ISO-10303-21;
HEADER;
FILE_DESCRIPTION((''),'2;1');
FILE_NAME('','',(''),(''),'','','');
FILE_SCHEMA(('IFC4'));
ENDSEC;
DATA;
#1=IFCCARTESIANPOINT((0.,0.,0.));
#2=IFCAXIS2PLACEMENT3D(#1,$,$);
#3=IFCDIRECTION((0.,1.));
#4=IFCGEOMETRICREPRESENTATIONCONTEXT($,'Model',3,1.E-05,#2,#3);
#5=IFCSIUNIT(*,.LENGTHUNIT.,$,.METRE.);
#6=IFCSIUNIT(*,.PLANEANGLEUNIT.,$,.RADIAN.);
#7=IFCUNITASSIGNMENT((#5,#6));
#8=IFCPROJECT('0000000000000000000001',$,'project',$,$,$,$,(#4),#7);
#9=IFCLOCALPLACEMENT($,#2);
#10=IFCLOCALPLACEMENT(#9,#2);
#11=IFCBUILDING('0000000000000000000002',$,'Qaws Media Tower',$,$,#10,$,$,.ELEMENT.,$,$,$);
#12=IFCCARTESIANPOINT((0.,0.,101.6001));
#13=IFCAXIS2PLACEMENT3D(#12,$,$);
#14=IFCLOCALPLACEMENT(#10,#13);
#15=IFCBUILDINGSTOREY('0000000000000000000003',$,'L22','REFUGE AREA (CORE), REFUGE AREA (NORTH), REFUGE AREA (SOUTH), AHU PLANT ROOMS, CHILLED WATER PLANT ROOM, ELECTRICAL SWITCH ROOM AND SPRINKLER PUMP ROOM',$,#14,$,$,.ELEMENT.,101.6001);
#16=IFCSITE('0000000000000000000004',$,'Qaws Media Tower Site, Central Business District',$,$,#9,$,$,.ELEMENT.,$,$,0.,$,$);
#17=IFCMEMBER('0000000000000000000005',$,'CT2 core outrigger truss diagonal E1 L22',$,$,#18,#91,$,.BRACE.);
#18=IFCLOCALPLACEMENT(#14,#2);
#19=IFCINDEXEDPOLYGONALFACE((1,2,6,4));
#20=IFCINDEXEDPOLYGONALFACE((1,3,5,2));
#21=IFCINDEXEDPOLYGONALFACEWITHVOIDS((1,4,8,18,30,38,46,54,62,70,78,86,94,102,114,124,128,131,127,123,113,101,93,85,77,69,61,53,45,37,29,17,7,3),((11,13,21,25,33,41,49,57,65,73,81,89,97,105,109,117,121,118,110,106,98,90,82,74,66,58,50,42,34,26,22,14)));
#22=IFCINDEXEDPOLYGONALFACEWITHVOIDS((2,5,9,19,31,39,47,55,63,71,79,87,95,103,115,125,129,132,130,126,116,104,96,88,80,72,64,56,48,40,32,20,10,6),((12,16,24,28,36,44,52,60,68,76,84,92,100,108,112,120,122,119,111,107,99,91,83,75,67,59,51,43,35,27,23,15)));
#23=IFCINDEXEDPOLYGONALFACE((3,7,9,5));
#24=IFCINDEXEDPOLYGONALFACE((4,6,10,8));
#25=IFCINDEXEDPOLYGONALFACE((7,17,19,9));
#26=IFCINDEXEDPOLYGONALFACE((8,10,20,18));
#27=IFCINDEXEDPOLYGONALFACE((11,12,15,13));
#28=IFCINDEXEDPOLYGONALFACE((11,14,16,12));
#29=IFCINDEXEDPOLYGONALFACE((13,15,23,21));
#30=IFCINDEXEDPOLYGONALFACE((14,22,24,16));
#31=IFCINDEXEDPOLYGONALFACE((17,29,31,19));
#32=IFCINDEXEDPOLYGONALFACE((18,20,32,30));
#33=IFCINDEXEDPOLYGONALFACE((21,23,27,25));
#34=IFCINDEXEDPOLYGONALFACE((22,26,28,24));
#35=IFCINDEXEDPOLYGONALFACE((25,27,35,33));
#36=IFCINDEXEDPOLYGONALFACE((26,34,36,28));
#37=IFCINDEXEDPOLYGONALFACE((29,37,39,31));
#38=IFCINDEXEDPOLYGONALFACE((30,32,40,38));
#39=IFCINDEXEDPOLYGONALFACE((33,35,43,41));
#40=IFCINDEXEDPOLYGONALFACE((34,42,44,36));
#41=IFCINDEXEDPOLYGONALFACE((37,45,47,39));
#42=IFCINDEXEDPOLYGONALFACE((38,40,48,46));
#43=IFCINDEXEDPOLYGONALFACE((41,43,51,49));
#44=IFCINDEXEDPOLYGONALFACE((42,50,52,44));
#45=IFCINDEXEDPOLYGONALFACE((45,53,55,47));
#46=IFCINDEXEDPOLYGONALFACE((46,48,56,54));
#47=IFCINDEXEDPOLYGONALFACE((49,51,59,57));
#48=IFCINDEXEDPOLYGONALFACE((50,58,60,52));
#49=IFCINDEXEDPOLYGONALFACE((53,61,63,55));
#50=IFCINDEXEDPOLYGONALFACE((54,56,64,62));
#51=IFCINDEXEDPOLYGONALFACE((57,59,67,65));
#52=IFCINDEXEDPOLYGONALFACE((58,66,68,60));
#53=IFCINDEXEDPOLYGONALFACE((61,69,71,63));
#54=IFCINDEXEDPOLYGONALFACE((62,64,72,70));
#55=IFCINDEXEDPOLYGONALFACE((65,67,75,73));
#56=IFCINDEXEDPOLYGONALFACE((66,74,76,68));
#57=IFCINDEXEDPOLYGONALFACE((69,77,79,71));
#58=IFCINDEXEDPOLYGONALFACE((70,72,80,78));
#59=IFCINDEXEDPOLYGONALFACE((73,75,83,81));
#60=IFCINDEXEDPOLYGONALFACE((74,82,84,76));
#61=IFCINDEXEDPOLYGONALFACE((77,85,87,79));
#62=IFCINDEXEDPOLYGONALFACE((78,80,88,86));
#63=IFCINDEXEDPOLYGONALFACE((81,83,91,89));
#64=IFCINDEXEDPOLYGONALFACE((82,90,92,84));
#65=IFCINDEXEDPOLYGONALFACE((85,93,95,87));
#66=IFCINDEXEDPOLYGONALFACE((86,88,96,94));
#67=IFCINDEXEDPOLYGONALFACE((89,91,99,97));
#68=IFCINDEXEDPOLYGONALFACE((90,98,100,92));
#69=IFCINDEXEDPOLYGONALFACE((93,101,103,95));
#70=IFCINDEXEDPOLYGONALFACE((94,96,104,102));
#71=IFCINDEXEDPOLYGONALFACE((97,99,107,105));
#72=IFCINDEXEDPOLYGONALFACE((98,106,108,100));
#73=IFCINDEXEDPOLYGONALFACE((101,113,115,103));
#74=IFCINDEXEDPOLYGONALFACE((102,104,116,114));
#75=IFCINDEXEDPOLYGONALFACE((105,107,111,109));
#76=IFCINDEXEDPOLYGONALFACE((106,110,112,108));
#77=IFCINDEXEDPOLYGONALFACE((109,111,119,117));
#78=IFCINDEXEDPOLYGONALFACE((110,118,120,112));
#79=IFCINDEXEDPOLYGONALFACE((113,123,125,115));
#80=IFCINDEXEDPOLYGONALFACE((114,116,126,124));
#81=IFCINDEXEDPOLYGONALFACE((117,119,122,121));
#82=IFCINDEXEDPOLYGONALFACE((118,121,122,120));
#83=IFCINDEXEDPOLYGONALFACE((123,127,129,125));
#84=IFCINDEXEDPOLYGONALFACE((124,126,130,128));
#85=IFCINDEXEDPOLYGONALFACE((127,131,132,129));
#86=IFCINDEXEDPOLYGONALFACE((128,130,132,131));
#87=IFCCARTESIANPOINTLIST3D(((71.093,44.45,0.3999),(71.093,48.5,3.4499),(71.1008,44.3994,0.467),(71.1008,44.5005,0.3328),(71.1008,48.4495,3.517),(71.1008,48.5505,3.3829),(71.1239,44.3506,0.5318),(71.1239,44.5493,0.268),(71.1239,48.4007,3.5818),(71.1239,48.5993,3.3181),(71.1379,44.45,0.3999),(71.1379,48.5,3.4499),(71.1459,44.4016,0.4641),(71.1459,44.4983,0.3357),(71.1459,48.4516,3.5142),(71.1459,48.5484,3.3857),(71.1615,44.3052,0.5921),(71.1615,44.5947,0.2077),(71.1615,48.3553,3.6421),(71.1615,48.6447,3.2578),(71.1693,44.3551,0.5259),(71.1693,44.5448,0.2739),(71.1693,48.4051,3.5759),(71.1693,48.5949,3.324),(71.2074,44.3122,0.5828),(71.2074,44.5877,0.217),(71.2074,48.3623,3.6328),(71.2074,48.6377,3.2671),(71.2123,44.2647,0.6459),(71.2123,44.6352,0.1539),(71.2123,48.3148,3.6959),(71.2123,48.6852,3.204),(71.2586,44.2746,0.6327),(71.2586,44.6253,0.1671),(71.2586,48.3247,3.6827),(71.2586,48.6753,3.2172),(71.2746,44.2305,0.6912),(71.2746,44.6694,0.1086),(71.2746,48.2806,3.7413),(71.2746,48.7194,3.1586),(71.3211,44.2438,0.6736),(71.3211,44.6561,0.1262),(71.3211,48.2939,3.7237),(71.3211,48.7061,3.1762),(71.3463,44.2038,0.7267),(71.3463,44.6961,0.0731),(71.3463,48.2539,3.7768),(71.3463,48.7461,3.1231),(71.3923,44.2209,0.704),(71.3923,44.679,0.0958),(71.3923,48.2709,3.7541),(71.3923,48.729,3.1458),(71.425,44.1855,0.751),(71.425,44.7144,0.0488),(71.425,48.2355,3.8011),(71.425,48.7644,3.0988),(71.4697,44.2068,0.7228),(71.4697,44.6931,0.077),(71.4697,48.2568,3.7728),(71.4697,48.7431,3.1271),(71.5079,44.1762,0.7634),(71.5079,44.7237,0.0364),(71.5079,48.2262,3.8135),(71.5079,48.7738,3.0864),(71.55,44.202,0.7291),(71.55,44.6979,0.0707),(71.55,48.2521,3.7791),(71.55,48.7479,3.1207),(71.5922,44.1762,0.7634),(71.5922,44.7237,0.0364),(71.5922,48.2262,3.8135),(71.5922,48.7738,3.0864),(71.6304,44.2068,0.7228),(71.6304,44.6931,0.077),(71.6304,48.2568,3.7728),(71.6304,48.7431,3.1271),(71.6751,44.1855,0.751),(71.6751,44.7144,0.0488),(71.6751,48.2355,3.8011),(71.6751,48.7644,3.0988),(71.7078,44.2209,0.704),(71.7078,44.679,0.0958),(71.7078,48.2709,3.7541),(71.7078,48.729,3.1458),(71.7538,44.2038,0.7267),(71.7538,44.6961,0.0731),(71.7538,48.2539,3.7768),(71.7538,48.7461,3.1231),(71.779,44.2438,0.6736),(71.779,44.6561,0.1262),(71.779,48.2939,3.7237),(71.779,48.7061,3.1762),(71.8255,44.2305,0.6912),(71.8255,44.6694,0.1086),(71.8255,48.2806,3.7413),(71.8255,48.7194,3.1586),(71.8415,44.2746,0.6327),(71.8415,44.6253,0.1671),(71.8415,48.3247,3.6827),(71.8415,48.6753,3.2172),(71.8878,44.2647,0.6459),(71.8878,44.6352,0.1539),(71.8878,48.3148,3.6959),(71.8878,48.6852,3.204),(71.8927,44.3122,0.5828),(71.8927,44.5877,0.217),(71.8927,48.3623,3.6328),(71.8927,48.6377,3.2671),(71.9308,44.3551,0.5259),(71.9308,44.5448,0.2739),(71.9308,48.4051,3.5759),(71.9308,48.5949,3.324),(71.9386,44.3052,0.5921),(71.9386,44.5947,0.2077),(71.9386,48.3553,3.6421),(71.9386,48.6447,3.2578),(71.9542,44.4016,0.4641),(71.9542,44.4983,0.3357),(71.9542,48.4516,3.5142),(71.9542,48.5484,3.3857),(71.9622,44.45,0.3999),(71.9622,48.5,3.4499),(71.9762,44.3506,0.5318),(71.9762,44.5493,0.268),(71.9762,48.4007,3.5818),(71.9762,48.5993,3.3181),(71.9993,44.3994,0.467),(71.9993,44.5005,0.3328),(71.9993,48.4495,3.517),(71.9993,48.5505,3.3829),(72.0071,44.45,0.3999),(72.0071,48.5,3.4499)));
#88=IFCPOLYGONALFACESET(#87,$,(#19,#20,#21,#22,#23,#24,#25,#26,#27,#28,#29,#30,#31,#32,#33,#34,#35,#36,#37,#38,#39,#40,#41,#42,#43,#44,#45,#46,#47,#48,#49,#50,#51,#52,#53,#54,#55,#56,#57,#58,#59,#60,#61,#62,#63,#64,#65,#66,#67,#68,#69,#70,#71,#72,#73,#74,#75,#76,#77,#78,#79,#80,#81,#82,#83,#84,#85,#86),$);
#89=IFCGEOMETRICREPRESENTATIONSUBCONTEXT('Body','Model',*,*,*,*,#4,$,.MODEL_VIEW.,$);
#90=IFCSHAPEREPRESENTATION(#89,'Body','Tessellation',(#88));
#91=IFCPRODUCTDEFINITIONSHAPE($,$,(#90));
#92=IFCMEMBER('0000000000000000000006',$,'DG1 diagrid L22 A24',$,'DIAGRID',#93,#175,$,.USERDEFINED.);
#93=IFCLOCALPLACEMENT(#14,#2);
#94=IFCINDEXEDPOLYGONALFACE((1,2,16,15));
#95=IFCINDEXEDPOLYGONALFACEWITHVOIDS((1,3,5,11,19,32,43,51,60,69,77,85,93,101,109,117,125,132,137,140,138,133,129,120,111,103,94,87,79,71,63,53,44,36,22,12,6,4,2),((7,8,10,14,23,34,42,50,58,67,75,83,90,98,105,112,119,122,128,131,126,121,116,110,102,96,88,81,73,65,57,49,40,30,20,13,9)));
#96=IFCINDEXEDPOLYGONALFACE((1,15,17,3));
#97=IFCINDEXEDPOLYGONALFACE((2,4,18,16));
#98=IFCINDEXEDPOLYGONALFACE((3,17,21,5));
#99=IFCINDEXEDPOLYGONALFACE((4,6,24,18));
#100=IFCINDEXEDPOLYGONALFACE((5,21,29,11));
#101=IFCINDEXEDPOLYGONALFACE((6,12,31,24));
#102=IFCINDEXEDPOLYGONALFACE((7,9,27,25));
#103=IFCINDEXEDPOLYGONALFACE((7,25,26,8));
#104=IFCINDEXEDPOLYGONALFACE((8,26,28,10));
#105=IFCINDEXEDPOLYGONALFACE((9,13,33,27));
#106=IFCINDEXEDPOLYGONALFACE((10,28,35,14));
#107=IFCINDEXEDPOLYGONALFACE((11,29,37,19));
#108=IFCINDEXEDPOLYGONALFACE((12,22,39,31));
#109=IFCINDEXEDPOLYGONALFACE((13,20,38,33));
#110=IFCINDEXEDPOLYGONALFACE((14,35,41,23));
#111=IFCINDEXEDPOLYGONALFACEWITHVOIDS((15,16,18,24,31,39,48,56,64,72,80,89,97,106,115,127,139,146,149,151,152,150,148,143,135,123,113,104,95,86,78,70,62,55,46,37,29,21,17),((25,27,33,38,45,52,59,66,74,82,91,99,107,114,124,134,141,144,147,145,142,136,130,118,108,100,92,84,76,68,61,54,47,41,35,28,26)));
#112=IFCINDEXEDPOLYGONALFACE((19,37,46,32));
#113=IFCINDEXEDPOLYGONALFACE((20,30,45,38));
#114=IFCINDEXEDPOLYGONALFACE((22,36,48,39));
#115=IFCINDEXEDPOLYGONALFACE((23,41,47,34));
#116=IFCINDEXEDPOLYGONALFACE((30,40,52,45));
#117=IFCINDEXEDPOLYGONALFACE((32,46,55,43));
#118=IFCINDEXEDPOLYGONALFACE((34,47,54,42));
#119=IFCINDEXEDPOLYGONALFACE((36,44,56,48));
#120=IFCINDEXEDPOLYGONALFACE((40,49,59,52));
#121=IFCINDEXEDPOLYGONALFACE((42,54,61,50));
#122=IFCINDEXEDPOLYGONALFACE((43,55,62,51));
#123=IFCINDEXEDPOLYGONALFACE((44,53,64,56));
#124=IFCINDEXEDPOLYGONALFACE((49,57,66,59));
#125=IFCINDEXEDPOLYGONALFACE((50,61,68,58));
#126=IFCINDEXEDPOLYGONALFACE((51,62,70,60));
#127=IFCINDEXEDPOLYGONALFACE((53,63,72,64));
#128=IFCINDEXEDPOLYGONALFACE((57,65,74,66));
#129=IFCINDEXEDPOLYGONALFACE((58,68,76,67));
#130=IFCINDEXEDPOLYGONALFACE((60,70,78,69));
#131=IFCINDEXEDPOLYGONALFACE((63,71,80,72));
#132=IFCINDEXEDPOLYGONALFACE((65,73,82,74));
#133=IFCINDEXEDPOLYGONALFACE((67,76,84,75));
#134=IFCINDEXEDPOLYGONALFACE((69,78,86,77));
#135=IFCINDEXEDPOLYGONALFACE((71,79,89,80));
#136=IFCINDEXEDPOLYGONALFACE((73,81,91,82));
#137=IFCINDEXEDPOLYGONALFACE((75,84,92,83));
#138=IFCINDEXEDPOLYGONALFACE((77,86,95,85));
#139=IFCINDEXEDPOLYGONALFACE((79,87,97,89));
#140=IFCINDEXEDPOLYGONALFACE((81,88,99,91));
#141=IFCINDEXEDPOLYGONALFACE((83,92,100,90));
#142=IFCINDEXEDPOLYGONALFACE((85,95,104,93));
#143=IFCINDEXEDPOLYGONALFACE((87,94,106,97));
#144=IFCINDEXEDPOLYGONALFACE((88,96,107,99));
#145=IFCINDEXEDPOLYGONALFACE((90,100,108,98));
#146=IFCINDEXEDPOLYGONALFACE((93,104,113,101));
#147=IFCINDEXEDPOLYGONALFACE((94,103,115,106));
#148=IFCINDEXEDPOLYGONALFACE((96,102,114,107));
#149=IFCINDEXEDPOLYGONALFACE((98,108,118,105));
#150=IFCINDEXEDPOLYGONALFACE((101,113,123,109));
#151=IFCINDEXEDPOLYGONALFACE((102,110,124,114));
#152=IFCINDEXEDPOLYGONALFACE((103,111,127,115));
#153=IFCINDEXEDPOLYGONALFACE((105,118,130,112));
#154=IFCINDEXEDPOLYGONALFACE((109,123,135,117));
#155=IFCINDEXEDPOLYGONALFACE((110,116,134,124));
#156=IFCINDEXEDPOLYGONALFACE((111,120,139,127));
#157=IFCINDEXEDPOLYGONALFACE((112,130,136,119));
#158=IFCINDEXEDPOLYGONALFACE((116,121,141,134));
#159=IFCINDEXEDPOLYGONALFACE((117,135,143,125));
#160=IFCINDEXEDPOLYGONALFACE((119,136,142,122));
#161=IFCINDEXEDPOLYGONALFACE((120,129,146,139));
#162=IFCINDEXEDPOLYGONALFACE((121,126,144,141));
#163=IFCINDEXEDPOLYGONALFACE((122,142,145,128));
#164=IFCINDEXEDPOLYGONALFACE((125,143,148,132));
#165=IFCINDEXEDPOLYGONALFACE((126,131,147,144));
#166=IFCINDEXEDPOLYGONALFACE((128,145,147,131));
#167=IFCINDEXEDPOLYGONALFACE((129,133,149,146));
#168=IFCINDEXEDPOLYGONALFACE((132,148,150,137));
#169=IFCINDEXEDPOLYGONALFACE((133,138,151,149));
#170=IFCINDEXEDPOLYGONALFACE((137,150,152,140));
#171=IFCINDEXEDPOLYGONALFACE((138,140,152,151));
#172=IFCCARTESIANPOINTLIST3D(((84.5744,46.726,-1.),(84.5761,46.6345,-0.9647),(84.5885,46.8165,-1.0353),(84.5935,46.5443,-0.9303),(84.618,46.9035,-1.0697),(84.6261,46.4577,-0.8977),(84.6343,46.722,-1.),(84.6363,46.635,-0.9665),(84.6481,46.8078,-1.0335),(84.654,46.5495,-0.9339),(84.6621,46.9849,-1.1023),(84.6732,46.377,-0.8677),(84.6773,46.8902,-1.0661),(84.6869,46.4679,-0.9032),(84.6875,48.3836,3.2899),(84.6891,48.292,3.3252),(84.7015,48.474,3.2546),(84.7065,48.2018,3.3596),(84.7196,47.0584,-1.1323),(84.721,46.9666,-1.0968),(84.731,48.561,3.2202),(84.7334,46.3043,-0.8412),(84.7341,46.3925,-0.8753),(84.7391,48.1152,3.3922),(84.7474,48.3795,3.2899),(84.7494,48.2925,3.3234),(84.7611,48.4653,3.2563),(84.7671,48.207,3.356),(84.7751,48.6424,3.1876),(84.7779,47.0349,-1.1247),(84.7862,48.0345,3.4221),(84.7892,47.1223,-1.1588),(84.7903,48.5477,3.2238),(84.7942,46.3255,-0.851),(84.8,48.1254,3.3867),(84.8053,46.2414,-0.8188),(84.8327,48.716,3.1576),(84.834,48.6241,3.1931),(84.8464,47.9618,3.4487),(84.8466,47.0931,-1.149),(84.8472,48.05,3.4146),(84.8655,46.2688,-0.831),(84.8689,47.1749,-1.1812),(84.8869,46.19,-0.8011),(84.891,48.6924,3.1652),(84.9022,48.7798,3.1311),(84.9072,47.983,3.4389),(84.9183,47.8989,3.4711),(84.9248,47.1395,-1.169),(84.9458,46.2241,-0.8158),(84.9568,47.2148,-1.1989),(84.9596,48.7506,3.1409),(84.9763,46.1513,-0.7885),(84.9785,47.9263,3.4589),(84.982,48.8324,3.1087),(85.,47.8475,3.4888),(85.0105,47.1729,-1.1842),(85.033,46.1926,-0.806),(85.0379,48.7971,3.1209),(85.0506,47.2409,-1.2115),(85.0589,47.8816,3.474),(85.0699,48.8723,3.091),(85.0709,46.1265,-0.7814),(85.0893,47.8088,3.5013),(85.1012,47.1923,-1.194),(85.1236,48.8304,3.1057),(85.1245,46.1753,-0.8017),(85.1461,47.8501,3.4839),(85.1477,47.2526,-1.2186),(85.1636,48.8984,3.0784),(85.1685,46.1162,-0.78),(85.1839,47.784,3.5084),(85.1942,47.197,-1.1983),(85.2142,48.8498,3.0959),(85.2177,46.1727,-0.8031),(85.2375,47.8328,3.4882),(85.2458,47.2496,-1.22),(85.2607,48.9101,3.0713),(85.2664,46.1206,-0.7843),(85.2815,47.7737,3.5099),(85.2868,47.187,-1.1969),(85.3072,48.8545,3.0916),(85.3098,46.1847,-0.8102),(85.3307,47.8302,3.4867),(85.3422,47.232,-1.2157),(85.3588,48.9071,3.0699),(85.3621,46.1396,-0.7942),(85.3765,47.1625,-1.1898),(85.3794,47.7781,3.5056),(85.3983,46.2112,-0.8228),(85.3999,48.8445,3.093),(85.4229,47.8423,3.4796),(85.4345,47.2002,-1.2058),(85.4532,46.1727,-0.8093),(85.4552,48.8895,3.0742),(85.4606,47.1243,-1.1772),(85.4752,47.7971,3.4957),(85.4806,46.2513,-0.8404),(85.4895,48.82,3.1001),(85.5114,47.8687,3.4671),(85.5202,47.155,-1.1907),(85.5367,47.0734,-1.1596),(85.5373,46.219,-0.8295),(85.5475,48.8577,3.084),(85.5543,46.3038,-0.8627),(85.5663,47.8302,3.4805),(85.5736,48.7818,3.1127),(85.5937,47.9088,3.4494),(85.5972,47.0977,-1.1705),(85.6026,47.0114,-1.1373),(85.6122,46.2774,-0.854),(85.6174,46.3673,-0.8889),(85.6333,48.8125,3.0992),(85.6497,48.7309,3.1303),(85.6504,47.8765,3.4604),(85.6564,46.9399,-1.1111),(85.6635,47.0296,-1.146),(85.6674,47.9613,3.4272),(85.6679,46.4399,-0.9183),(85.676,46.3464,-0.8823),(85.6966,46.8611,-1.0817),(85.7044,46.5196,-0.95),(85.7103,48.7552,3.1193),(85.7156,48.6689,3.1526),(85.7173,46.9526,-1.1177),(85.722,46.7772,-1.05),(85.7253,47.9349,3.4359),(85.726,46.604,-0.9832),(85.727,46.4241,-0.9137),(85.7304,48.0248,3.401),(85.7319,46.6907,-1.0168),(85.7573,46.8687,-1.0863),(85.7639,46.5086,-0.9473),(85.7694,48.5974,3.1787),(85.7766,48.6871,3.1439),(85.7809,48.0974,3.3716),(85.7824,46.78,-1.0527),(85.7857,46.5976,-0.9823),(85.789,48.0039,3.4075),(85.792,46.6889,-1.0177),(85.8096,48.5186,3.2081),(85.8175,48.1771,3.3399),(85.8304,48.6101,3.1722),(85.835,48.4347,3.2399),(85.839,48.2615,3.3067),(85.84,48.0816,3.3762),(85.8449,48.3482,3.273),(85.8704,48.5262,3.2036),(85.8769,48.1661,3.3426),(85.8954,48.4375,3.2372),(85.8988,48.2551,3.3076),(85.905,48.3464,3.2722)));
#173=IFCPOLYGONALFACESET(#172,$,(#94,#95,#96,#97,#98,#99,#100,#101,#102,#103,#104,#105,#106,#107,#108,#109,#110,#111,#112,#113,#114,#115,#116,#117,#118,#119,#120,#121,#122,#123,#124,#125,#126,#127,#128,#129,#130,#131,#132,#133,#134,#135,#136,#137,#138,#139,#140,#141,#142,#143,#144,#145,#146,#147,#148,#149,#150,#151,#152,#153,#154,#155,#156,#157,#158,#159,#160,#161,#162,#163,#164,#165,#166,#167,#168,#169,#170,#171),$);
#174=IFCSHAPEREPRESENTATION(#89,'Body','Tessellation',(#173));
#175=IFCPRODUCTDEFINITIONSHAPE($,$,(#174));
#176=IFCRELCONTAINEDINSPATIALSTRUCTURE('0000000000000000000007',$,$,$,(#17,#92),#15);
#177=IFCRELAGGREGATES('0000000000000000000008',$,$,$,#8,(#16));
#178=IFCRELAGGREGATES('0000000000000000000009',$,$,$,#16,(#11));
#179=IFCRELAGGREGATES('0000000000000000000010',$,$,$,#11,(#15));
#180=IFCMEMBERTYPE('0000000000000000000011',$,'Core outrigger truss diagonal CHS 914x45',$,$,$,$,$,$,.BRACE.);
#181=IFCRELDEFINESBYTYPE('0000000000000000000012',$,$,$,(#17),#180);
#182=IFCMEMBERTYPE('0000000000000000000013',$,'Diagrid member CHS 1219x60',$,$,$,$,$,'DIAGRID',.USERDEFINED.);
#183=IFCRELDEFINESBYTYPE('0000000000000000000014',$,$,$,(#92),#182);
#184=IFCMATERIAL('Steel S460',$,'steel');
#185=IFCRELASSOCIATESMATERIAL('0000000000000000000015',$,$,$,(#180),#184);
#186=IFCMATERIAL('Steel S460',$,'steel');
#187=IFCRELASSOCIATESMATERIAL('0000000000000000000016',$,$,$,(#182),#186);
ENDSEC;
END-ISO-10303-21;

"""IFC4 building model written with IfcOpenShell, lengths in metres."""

from ifc_helpers import new_model, si_unit, direction, frame, origin, origin_2d, place, context, subcontext, project, spatial, hollow_circle, extrude, material, material_profile, profile_set, type_object, element, save


model = new_model("IFC4")

# Units and contexts
model_context = context("Model", 3, precision=1e-05, world=origin(), true_north=direction((0.0, 1.0)))
body_context = subcontext(model_context, "Body", "Model", "MODEL_VIEW")
ifc_project = project(units=[si_unit("LENGTHUNIT", "METRE"), si_unit("PLANEANGLEUNIT", "RADIAN")], contexts=[model_context])

# Site, building, storey
site_placement = place(None, origin())
site = spatial("IfcSite", under=ifc_project, at=site_placement, Name="Qaws Media Tower Site, Central Business District", CompositionType="ELEMENT", RefElevation=0.0)
building_placement = place(site_placement, origin())
building = spatial("IfcBuilding", under=site, at=building_placement, Name="Qaws Media Tower", CompositionType="ELEMENT")
storey_placement = place(building_placement, frame((0.0, 0.0, 101.6001)))
storey = spatial("IfcBuildingStorey", under=building, at=storey_placement, Name="L22", Description="REFUGE AREA (CORE), REFUGE AREA (NORTH), REFUGE AREA (SOUTH), AHU PLANT ROOMS, CHILLED WATER PLANT ROOM, ELECTRICAL SWITCH ROOM AND SPRINKLER PUMP ROOM", CompositionType="ELEMENT", Elevation=101.6001)

# Members
ifc_material_1 = material(Name="Steel S460", Category="steel")
ifc_material_profile_1 = material_profile(ifc_material_1, hollow_circle(Radius=0.457, WallThickness=0.0449, at=origin_2d()), Name="CHS 914x45")
ifc_profile_set_1 = profile_set([ifc_material_profile_1], Name="Steel S460")
member_type_1 = type_object("IfcMemberType", Name="Core outrigger truss diagonal CHS 914x45", PredefinedType="BRACE", material=ifc_profile_set_1)
member_1_placement = place(storey_placement, frame((71.55, 44.45, 0.3999), z_axis=(0.0, 0.798814, 0.601578), x_axis=(-1.0, 0.0, 0.0)))
element("IfcMember", 1, at=member_1_placement, inside=storey, type_object=member_type_1, Name="CT2 core outrigger truss diagonal E1 L22", PredefinedType="BRACE", context=body_context, shape_type="SweptSolid", body=[
    extrude(hollow_circle(Radius=0.457, WallThickness=0.0449, at=origin_2d()), origin(), (0.0, 0.0, 1.0), 5.0701),
])
ifc_material_2 = material(Name="Steel S460", Category="steel")
ifc_material_profile_2 = material_profile(ifc_material_2, hollow_circle(Radius=0.6096, WallThickness=0.0601, at=origin_2d()), Name="CHS 1219x60")
ifc_profile_set_2 = profile_set([ifc_material_profile_2], Name="Steel S460")
member_type_2 = type_object("IfcMemberType", Name="Diagrid member CHS 1219x60", ElementType="DIAGRID", PredefinedType="USERDEFINED", material=ifc_profile_set_2)
member_2_placement = place(storey_placement, frame((85.1826, 46.6846, -1.0), z_axis=(0.024572, 0.3603, 0.932513), x_axis=(-0.997683, 0.068041, 0.0)))
element("IfcMember", 2, at=member_2_placement, inside=storey, type_object=member_type_2, Name="DG1 diagrid L22 A24", ObjectType="DIAGRID", PredefinedType="USERDEFINED", context=body_context, shape_type="SweptSolid", body=[
    extrude(hollow_circle(Radius=0.6096, WallThickness=0.0601, at=origin_2d()), origin(), (0.0, 0.0, 1.0), 4.6003),
])

save(model, "model.ifc")
